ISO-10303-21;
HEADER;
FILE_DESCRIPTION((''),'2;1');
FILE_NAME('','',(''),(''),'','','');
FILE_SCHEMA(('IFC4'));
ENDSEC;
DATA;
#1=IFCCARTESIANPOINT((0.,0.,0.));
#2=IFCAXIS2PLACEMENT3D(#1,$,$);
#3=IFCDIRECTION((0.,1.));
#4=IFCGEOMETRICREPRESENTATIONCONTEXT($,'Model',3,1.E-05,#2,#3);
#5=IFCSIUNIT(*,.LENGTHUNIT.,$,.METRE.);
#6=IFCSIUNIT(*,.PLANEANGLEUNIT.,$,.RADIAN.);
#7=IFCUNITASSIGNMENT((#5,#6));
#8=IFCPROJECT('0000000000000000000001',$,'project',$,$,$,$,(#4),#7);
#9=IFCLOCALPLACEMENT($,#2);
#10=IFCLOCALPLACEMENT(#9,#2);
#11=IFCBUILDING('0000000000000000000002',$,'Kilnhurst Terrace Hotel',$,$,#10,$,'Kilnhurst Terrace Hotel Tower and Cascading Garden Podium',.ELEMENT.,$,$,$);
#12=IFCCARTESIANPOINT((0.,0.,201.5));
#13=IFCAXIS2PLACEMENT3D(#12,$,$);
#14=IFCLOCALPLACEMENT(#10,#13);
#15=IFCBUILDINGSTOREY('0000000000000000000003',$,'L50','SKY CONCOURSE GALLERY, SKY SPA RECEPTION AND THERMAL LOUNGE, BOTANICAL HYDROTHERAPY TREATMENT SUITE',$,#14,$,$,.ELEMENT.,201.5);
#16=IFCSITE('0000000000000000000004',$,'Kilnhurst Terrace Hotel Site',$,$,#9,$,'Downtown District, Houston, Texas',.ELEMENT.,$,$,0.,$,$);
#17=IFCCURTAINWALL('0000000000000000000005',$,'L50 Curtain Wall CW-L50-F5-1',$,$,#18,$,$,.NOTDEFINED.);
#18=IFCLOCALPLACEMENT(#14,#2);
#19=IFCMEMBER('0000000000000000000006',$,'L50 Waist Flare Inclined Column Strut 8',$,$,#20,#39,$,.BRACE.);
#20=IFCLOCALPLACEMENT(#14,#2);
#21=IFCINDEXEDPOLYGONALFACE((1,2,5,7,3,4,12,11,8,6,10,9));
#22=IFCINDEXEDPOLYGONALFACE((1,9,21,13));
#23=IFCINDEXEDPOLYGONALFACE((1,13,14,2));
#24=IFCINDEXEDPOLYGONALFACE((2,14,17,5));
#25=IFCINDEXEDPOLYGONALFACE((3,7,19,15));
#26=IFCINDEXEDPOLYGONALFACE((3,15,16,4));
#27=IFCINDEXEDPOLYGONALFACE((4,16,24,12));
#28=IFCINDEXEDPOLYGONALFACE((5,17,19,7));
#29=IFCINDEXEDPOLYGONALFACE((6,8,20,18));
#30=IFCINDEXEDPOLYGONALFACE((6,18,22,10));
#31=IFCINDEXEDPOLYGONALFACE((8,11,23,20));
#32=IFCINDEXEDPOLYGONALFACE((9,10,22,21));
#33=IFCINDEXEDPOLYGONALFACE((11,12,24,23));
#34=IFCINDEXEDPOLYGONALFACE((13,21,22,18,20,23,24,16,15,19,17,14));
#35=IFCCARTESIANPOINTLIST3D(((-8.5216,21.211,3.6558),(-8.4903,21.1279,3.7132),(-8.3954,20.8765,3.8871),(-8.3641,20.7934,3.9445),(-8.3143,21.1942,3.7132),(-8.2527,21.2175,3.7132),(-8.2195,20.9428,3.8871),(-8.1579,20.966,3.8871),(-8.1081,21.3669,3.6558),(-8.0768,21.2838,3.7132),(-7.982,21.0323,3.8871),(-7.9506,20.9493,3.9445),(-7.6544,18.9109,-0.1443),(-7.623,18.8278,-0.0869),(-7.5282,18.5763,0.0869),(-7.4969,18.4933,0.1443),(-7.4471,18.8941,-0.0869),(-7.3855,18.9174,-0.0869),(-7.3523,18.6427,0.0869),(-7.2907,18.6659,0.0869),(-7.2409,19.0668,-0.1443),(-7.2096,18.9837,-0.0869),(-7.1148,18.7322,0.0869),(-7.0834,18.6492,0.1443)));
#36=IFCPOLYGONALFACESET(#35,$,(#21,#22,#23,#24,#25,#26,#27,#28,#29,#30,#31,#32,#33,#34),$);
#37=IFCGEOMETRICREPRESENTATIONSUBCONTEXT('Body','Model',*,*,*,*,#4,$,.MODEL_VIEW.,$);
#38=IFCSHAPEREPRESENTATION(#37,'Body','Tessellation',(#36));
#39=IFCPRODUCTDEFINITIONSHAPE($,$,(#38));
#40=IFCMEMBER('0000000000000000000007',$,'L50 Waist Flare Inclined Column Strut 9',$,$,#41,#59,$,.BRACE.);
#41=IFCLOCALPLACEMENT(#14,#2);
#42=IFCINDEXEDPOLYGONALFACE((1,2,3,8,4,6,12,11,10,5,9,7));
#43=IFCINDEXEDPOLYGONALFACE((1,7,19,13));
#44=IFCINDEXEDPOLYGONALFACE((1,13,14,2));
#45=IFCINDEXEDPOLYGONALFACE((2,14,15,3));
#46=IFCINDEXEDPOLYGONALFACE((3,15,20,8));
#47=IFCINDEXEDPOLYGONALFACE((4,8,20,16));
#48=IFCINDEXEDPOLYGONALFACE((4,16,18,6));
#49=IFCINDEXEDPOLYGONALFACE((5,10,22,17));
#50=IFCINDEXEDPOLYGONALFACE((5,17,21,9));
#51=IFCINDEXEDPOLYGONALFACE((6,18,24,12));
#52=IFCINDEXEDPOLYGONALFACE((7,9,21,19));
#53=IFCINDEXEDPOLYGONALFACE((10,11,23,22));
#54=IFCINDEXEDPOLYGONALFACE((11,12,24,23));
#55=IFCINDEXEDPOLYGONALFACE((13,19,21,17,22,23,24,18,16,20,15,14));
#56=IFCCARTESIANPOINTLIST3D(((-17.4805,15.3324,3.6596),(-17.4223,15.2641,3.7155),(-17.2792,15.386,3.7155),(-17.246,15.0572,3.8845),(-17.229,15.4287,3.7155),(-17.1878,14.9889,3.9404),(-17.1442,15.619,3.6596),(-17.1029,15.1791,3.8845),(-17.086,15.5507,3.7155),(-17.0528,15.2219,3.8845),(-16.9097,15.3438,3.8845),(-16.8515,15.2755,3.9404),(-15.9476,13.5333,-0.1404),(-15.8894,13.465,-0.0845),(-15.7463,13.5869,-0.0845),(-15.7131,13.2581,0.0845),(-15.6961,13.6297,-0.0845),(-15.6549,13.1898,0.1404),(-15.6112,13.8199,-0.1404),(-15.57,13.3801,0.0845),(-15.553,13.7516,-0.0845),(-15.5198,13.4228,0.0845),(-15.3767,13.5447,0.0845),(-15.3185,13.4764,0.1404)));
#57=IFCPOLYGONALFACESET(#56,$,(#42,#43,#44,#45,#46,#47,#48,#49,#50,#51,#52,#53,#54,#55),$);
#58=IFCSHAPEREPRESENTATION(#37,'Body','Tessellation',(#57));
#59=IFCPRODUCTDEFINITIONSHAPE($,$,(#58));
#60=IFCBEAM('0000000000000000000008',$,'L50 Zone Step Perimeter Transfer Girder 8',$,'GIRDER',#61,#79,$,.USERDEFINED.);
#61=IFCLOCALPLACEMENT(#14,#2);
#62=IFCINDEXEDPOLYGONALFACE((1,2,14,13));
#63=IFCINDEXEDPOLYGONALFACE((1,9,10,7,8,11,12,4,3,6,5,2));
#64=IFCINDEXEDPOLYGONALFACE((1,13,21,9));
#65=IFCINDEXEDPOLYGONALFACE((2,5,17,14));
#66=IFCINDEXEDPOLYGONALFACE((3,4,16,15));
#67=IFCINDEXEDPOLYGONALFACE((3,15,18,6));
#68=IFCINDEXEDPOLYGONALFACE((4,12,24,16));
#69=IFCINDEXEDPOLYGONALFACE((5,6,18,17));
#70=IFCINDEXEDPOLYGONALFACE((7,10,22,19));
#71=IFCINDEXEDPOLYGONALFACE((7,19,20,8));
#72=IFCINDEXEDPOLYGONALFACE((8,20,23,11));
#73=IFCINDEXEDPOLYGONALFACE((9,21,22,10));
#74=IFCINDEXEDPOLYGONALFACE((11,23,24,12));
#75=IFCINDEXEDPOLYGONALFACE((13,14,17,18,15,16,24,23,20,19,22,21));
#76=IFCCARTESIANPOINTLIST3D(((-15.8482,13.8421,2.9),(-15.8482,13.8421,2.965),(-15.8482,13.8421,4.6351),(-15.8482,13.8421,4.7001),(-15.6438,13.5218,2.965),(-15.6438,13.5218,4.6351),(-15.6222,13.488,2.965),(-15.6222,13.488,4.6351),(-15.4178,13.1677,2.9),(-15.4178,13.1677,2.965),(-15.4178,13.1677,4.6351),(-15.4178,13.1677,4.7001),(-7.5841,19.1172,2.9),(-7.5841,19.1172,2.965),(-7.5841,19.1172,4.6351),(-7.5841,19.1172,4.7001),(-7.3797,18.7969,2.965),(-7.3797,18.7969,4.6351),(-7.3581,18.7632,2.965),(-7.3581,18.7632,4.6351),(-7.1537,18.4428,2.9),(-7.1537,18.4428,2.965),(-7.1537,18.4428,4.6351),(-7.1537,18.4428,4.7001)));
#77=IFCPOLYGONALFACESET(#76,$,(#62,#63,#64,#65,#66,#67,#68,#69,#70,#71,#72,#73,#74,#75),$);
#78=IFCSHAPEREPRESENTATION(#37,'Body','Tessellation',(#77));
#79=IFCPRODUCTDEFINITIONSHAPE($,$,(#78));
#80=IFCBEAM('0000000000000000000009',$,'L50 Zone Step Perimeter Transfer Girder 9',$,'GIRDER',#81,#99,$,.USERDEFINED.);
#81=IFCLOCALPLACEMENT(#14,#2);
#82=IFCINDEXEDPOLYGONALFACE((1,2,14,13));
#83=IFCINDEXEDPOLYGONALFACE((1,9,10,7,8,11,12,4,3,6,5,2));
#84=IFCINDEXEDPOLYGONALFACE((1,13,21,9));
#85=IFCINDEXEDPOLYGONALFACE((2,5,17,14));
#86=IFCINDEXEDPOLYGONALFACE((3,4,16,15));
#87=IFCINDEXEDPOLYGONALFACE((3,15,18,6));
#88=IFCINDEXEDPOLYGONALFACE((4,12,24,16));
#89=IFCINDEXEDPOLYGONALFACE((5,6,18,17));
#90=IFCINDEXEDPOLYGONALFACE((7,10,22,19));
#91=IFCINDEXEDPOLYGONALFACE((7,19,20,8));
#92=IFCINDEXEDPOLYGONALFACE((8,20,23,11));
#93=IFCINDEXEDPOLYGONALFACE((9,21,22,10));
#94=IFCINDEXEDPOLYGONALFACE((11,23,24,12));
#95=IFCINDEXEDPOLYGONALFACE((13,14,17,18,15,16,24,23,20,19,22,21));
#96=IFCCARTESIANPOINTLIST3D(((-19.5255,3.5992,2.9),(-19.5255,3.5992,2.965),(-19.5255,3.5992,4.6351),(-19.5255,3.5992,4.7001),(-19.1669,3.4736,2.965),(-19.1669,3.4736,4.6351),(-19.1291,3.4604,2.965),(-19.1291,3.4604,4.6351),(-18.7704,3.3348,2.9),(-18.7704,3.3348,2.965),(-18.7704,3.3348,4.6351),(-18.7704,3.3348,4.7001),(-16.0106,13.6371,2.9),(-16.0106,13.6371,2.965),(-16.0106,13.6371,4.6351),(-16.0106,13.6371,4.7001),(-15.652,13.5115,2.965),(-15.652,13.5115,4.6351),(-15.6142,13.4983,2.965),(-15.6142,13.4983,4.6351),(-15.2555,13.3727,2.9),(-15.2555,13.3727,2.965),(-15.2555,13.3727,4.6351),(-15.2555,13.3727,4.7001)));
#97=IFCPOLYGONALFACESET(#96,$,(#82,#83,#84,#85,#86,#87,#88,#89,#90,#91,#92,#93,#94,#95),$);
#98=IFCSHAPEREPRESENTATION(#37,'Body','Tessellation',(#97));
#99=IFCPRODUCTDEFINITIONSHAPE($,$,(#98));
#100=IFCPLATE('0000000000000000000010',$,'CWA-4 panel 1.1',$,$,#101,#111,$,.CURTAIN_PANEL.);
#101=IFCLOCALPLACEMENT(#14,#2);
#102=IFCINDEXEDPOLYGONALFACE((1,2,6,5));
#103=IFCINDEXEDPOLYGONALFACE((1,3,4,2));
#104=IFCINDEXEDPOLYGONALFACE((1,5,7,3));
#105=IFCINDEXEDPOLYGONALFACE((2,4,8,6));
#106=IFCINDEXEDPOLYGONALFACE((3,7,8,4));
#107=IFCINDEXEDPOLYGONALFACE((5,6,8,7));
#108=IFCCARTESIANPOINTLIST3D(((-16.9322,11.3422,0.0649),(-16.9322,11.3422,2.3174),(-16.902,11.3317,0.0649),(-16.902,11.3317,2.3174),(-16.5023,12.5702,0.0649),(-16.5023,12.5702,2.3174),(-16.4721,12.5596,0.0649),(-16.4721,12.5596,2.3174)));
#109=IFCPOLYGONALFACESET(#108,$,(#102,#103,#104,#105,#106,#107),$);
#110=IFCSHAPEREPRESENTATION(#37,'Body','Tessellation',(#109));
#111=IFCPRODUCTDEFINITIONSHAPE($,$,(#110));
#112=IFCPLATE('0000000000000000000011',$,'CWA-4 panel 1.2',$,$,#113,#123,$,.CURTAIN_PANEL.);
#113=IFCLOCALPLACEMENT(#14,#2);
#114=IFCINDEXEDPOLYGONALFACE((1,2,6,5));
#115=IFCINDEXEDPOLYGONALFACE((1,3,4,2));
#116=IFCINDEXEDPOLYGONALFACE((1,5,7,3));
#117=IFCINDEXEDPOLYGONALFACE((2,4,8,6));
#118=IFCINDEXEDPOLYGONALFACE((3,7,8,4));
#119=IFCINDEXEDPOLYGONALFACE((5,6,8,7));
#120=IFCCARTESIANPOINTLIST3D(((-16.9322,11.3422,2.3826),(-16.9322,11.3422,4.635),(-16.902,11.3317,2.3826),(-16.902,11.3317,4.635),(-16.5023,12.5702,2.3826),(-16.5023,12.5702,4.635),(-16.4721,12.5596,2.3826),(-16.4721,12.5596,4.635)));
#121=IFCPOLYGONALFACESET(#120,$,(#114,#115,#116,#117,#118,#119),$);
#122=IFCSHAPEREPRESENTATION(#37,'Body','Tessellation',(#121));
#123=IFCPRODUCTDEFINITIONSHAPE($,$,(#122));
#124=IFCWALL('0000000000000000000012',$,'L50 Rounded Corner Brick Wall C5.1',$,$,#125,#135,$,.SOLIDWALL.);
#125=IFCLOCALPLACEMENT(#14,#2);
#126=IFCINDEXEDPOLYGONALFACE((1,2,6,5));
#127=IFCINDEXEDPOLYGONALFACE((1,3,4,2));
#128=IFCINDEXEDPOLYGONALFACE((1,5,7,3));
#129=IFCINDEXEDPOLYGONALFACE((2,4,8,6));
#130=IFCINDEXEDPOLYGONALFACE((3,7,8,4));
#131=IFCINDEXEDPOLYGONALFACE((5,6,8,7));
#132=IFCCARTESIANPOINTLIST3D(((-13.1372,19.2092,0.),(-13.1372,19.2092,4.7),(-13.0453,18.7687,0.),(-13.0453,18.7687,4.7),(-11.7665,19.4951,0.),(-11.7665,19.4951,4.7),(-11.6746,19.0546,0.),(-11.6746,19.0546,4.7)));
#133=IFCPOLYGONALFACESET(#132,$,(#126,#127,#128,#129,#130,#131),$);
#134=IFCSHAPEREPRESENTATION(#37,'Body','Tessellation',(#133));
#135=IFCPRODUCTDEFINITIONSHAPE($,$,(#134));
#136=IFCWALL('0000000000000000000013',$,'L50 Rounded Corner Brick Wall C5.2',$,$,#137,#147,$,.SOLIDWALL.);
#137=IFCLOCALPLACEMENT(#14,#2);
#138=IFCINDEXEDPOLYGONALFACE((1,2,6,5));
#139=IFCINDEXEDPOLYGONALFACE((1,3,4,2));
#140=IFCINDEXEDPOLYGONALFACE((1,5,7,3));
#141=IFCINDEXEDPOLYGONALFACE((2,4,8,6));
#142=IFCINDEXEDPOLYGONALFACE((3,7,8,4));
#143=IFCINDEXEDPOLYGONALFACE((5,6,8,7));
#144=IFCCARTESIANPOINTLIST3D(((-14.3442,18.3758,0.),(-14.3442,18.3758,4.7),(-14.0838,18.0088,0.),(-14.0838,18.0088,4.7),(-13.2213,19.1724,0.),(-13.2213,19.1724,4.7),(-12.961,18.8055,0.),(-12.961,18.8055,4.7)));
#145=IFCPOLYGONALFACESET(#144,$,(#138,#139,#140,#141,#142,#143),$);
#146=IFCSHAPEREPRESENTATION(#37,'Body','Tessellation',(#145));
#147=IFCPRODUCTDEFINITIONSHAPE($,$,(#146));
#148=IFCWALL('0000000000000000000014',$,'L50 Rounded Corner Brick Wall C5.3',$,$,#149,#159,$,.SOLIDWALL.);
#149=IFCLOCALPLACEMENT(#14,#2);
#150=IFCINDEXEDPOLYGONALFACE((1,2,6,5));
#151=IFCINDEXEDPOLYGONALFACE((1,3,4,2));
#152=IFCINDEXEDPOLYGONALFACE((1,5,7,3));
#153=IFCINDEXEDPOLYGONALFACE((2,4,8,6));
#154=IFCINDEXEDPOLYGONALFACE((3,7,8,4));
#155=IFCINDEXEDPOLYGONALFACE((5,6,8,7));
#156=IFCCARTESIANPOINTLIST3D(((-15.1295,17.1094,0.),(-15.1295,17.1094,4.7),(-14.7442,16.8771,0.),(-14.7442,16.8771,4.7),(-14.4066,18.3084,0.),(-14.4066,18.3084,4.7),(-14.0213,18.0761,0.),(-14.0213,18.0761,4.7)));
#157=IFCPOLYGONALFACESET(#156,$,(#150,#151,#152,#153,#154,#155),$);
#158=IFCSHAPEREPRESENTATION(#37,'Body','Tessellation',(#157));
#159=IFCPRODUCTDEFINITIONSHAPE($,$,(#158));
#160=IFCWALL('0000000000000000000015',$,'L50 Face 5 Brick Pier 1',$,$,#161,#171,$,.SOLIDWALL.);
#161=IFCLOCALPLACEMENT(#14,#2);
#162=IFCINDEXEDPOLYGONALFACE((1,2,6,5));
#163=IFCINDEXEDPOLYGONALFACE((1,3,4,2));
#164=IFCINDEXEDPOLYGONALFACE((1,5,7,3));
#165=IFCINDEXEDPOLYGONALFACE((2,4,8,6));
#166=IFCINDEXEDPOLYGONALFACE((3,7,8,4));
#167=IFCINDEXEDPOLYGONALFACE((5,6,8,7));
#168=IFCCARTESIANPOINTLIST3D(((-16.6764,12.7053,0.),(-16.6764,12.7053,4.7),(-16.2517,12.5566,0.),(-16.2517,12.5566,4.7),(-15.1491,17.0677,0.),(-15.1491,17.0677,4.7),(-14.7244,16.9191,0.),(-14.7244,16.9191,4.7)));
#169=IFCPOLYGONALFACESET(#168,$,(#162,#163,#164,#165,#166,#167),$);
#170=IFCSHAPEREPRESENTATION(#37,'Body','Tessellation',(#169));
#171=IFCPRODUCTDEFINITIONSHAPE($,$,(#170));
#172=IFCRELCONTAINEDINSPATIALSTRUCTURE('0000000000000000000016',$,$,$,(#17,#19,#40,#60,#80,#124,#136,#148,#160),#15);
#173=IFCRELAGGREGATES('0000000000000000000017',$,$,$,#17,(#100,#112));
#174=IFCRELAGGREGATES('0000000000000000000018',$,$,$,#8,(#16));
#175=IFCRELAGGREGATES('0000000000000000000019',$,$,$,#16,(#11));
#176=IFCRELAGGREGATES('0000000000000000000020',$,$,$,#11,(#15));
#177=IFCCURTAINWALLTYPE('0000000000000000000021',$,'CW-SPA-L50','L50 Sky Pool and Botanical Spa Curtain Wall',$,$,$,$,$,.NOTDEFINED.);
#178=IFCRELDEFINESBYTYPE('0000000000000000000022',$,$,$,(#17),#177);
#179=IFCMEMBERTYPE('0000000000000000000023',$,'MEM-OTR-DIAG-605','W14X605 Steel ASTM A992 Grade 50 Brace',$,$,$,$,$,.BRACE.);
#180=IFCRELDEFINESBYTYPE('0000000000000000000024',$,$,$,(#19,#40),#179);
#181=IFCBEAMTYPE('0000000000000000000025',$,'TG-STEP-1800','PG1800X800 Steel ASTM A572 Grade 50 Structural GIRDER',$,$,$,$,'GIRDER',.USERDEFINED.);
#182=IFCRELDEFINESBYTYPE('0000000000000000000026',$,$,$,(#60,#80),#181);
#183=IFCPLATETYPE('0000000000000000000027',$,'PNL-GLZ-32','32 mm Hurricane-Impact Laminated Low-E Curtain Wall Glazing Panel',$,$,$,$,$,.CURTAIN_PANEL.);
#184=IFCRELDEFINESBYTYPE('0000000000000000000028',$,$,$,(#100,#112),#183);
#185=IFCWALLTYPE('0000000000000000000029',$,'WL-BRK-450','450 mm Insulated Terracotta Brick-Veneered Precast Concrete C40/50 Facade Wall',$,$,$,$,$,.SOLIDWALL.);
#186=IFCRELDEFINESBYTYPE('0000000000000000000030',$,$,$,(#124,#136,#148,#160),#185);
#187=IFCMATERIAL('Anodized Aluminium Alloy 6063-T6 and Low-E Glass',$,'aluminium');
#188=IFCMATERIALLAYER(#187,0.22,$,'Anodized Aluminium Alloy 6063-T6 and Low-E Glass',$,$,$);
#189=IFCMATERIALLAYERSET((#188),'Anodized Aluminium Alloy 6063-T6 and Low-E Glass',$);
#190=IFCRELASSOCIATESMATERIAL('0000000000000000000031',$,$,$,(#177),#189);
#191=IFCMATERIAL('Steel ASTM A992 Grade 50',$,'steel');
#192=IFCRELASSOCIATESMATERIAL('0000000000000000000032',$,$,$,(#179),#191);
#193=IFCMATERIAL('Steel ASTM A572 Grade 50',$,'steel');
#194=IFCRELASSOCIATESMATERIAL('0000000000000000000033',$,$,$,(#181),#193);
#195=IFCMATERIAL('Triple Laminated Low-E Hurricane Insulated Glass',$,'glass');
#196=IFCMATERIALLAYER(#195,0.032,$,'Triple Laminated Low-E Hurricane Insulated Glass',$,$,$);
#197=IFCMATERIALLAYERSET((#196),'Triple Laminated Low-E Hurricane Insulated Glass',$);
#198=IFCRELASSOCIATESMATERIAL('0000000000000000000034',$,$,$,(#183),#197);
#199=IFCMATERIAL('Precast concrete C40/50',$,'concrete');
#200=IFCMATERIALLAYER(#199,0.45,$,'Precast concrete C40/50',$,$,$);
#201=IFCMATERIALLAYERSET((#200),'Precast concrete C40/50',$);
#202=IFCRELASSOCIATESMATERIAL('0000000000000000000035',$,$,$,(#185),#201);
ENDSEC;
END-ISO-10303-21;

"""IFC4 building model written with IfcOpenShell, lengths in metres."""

from ifc_helpers import new_model, si_unit, direction, frame, frame_2d, origin, origin_2d, place, context, subcontext, project, spatial, rectangle, i_section, extrude, material, layer, layer_set, material_profile, profile_set, type_object, element, aggregate, save


model = new_model("IFC4")

# Units and contexts
model_context = context("Model", 3, precision=1e-05, world=origin(), true_north=direction((0.0, 1.0)))
body_context = subcontext(model_context, "Body", "Model", "MODEL_VIEW")
ifc_project = project(units=[si_unit("LENGTHUNIT", "METRE"), si_unit("PLANEANGLEUNIT", "RADIAN")], contexts=[model_context])

# Site, building, storey
site_placement = place(None, origin())
site = spatial("IfcSite", under=ifc_project, at=site_placement, Name="Kilnhurst Terrace Hotel Site", LongName="Downtown District, Houston, Texas", CompositionType="ELEMENT", RefElevation=0.0)
building_placement = place(site_placement, origin())
building = spatial("IfcBuilding", under=site, at=building_placement, Name="Kilnhurst Terrace Hotel", LongName="Kilnhurst Terrace Hotel Tower and Cascading Garden Podium", CompositionType="ELEMENT")
storey_placement = place(building_placement, frame((0.0, 0.0, 201.5)))
storey = spatial("IfcBuildingStorey", under=building, at=storey_placement, Name="L50", Description="SKY CONCOURSE GALLERY, SKY SPA RECEPTION AND THERMAL LOUNGE, BOTANICAL HYDROTHERAPY TREATMENT SUITE", CompositionType="ELEMENT", Elevation=201.5)

# Shared definitions
ifc_material_1 = material(Name="Steel ASTM A992 Grade 50", Category="steel")

# Curtain wall
ifc_material_2 = material(Name="Anodized Aluminium Alloy 6063-T6 and Low-E Glass", Category="aluminium")
ifc_layer_1 = layer(ifc_material_2, 0.22, Name="Anodized Aluminium Alloy 6063-T6 and Low-E Glass")
ifc_layer_set_1 = layer_set([ifc_layer_1], Name="Anodized Aluminium Alloy 6063-T6 and Low-E Glass")
curtain_wall_type = type_object("IfcCurtainWallType", Name="CW-SPA-L50", Description="L50 Sky Pool and Botanical Spa Curtain Wall", PredefinedType="NOTDEFINED", material=ifc_layer_set_1)
curtain_wall_placement = place(storey_placement, origin())
curtain_wall = element("IfcCurtainWall", 1, at=curtain_wall_placement, inside=storey, type_object=curtain_wall_type, Name="L50 Curtain Wall CW-L50-F5-1", PredefinedType="NOTDEFINED")

# Members
ifc_material_profile_1 = material_profile(ifc_material_1, i_section(OverallWidth=0.4419, OverallDepth=0.5315, WebThickness=0.0659, FlangeThickness=0.1057, at=origin_2d()), Name="W14X605")
ifc_profile_set_1 = profile_set([ifc_material_profile_1], Name="Steel ASTM A992 Grade 50")
member_type_1 = type_object("IfcMemberType", Name="MEM-OTR-DIAG-605", Description="W14X605 Steel ASTM A992 Grade 50 Brace", PredefinedType="BRACE", material=ifc_profile_set_1)
member_1_placement = place(storey_placement, frame((-7.3689, 18.78, 0.0), z_axis=(-0.191611, 0.508211, 0.839647), x_axis=(-0.935703, -0.352788, 0.0)))
element("IfcMember", 2, at=member_1_placement, inside=storey, type_object=member_type_1, Name="L50 Waist Flare Inclined Column Strut 8", PredefinedType="BRACE", context=body_context, shape_type="SweptSolid", body=[
    extrude(i_section(OverallWidth=0.4419, OverallDepth=0.5315, WebThickness=0.0659, FlangeThickness=0.1057, at=origin_2d()), origin(), (0.0, 0.0, 1.0), 4.5259),
])
member_2_placement = place(storey_placement, frame((-15.6331, 13.5049, 0.0), z_axis=(-0.342549, 0.402014, 0.849144), x_axis=(-0.761156, -0.648568, 0.0)))
element("IfcMember", 3, at=member_2_placement, inside=storey, type_object=member_type_1, Name="L50 Waist Flare Inclined Column Strut 9", PredefinedType="BRACE", context=body_context, shape_type="SweptSolid", body=[
    extrude(i_section(OverallWidth=0.4419, OverallDepth=0.5315, WebThickness=0.0659, FlangeThickness=0.1057, at=origin_2d()), origin(), (0.0, 0.0, 1.0), 4.4751),
])

# Beams
ifc_material_3 = material(Name="Steel ASTM A572 Grade 50", Category="steel")
ifc_material_profile_2 = material_profile(ifc_material_3, i_section(OverallWidth=0.8, OverallDepth=1.8, WebThickness=0.04, FlangeThickness=0.0649, at=origin_2d()), Name="PG1800X800")
ifc_profile_set_2 = profile_set([ifc_material_profile_2], Name="Steel ASTM A572 Grade 50")
beam_type_1 = type_object("IfcBeamType", Name="TG-STEP-1800", Description="PG1800X800 Steel ASTM A572 Grade 50 Structural GIRDER", ElementType="GIRDER", PredefinedType="USERDEFINED", material=ifc_profile_set_2)
beam_1_placement = place(storey_placement, frame((-7.3689, 18.78, 3.8), z_axis=(-0.842915, -0.538046, 0.0), x_axis=(0.538046, -0.842915, 0.0)))
element("IfcBeam", 4, at=beam_1_placement, inside=storey, type_object=beam_type_1, Name="L50 Zone Step Perimeter Transfer Girder 8", ObjectType="GIRDER", PredefinedType="USERDEFINED", context=body_context, shape_type="SweptSolid", body=[
    extrude(i_section(OverallWidth=0.8, OverallDepth=1.8, WebThickness=0.04, FlangeThickness=0.0649, at=origin_2d()), origin(), (0.0, 0.0, 1.0), 9.8042),
])
beam_2_placement = place(storey_placement, frame((-15.6331, 13.5049, 3.8), z_axis=(-0.330488, -0.94381, 0.0), x_axis=(0.94381, -0.330488, 0.0)))
element("IfcBeam", 5, at=beam_2_placement, inside=storey, type_object=beam_type_1, Name="L50 Zone Step Perimeter Transfer Girder 9", ObjectType="GIRDER", PredefinedType="USERDEFINED", context=body_context, shape_type="SweptSolid", body=[
    extrude(i_section(OverallWidth=0.8, OverallDepth=1.8, WebThickness=0.04, FlangeThickness=0.0649, at=origin_2d()), origin(), (0.0, 0.0, 1.0), 10.6355),
])

# Plates
ifc_material_4 = material(Name="Triple Laminated Low-E Hurricane Insulated Glass", Category="glass")
ifc_layer_2 = layer(ifc_material_4, 0.032, Name="Triple Laminated Low-E Hurricane Insulated Glass")
ifc_layer_set_2 = layer_set([ifc_layer_2], Name="Triple Laminated Low-E Hurricane Insulated Glass")
plate_type = type_object("IfcPlateType", Name="PNL-GLZ-32", Description="32 mm Hurricane-Impact Laminated Low-E Curtain Wall Glazing Panel", PredefinedType="CURTAIN_PANEL", material=ifc_layer_set_2)
plate_1_placement = place(storey_placement, frame((-16.7021, 11.9509, 0.0649), z_axis=(0.0, 0.0, 1.0), x_axis=(-0.330442, -0.943826, 0.0)))
plate_1 = element("IfcPlate", 6, at=plate_1_placement, type_object=plate_type, Name="CWA-4 panel 1.1", PredefinedType="CURTAIN_PANEL", context=body_context, shape_type="SweptSolid", body=[
    extrude(rectangle(XDim=1.301, YDim=0.032, at=origin_2d()), origin(), (0.0, 0.0, 1.0), 2.2524),
])
plate_2_placement = place(storey_placement, frame((-16.7021, 11.9509, 2.3826), z_axis=(0.0, 0.0, 1.0), x_axis=(-0.330442, -0.943826, 0.0)))
plate_2 = element("IfcPlate", 7, at=plate_2_placement, type_object=plate_type, Name="CWA-4 panel 1.2", PredefinedType="CURTAIN_PANEL", context=body_context, shape_type="SweptSolid", body=[
    extrude(rectangle(XDim=1.301, YDim=0.032, at=origin_2d()), origin(), (0.0, 0.0, 1.0), 2.2524),
])
aggregate(curtain_wall, [plate_1, plate_2])

# Walls
ifc_material_5 = material(Name="Precast concrete C40/50", Category="concrete")
ifc_layer_3 = layer(ifc_material_5, 0.45, Name="Precast concrete C40/50")
ifc_layer_set_3 = layer_set([ifc_layer_3], Name="Precast concrete C40/50")
wall_type = type_object("IfcWallType", Name="WL-BRK-450", Description="450 mm Insulated Terracotta Brick-Veneered Precast Concrete C40/50 Facade Wall", PredefinedType="SOLIDWALL", material=ifc_layer_set_3)
wall_1_placement = place(storey_placement, frame((-11.7205, 19.2749, 0.0), z_axis=(0.0, 0.0, 1.0), x_axis=(-0.978931, -0.204191, 0.0)))
element("IfcWall", 8, at=wall_1_placement, inside=storey, type_object=wall_type, Name="L50 Rounded Corner Brick Wall C5.1", PredefinedType="SOLIDWALL", context=body_context, shape_type="SweptSolid", body=[
    extrude(rectangle(XDim=1.4001, YDim=0.45, at=frame_2d((0.7002, 0.0))), origin(), (0.0, 0.0, 1.0), 4.7),
])
wall_2_placement = place(storey_placement, frame((-13.0911, 18.989, 0.0), z_axis=(0.0, 0.0, 1.0), x_axis=(-0.815575, -0.578652, 0.0)))
element("IfcWall", 9, at=wall_2_placement, inside=storey, type_object=wall_type, Name="L50 Rounded Corner Brick Wall C5.2", PredefinedType="SOLIDWALL", context=body_context, shape_type="SweptSolid", body=[
    extrude(rectangle(XDim=1.3767, YDim=0.45, at=frame_2d((0.6885, 0.0))), origin(), (0.0, 0.0, 1.0), 4.7),
])
wall_3_placement = place(storey_placement, frame((-14.2139, 18.1924, 0.0), z_axis=(0.0, 0.0, 1.0), x_axis=(-0.516341, -0.856383, 0.0)))
element("IfcWall", 10, at=wall_3_placement, inside=storey, type_object=wall_type, Name="L50 Rounded Corner Brick Wall C5.3", PredefinedType="SOLIDWALL", context=body_context, shape_type="SweptSolid", body=[
    extrude(rectangle(XDim=1.4001, YDim=0.45, at=frame_2d((0.7002, 0.0))), origin(), (0.0, 0.0, 1.0), 4.7),
])
wall_4_placement = place(storey_placement, frame((-14.9368, 16.9934, 0.0), z_axis=(0.0, 0.0, 1.0), x_axis=(-0.330437, -0.943828, 0.0)))
element("IfcWall", 11, at=wall_4_placement, inside=storey, type_object=wall_type, Name="L50 Face 5 Brick Pier 1", PredefinedType="SOLIDWALL", context=body_context, shape_type="SweptSolid", body=[
    extrude(rectangle(XDim=4.6221, YDim=0.45, at=frame_2d((2.311, 0.0))), origin(), (0.0, 0.0, 1.0), 4.7),
])

save(model, "model.ifc")
